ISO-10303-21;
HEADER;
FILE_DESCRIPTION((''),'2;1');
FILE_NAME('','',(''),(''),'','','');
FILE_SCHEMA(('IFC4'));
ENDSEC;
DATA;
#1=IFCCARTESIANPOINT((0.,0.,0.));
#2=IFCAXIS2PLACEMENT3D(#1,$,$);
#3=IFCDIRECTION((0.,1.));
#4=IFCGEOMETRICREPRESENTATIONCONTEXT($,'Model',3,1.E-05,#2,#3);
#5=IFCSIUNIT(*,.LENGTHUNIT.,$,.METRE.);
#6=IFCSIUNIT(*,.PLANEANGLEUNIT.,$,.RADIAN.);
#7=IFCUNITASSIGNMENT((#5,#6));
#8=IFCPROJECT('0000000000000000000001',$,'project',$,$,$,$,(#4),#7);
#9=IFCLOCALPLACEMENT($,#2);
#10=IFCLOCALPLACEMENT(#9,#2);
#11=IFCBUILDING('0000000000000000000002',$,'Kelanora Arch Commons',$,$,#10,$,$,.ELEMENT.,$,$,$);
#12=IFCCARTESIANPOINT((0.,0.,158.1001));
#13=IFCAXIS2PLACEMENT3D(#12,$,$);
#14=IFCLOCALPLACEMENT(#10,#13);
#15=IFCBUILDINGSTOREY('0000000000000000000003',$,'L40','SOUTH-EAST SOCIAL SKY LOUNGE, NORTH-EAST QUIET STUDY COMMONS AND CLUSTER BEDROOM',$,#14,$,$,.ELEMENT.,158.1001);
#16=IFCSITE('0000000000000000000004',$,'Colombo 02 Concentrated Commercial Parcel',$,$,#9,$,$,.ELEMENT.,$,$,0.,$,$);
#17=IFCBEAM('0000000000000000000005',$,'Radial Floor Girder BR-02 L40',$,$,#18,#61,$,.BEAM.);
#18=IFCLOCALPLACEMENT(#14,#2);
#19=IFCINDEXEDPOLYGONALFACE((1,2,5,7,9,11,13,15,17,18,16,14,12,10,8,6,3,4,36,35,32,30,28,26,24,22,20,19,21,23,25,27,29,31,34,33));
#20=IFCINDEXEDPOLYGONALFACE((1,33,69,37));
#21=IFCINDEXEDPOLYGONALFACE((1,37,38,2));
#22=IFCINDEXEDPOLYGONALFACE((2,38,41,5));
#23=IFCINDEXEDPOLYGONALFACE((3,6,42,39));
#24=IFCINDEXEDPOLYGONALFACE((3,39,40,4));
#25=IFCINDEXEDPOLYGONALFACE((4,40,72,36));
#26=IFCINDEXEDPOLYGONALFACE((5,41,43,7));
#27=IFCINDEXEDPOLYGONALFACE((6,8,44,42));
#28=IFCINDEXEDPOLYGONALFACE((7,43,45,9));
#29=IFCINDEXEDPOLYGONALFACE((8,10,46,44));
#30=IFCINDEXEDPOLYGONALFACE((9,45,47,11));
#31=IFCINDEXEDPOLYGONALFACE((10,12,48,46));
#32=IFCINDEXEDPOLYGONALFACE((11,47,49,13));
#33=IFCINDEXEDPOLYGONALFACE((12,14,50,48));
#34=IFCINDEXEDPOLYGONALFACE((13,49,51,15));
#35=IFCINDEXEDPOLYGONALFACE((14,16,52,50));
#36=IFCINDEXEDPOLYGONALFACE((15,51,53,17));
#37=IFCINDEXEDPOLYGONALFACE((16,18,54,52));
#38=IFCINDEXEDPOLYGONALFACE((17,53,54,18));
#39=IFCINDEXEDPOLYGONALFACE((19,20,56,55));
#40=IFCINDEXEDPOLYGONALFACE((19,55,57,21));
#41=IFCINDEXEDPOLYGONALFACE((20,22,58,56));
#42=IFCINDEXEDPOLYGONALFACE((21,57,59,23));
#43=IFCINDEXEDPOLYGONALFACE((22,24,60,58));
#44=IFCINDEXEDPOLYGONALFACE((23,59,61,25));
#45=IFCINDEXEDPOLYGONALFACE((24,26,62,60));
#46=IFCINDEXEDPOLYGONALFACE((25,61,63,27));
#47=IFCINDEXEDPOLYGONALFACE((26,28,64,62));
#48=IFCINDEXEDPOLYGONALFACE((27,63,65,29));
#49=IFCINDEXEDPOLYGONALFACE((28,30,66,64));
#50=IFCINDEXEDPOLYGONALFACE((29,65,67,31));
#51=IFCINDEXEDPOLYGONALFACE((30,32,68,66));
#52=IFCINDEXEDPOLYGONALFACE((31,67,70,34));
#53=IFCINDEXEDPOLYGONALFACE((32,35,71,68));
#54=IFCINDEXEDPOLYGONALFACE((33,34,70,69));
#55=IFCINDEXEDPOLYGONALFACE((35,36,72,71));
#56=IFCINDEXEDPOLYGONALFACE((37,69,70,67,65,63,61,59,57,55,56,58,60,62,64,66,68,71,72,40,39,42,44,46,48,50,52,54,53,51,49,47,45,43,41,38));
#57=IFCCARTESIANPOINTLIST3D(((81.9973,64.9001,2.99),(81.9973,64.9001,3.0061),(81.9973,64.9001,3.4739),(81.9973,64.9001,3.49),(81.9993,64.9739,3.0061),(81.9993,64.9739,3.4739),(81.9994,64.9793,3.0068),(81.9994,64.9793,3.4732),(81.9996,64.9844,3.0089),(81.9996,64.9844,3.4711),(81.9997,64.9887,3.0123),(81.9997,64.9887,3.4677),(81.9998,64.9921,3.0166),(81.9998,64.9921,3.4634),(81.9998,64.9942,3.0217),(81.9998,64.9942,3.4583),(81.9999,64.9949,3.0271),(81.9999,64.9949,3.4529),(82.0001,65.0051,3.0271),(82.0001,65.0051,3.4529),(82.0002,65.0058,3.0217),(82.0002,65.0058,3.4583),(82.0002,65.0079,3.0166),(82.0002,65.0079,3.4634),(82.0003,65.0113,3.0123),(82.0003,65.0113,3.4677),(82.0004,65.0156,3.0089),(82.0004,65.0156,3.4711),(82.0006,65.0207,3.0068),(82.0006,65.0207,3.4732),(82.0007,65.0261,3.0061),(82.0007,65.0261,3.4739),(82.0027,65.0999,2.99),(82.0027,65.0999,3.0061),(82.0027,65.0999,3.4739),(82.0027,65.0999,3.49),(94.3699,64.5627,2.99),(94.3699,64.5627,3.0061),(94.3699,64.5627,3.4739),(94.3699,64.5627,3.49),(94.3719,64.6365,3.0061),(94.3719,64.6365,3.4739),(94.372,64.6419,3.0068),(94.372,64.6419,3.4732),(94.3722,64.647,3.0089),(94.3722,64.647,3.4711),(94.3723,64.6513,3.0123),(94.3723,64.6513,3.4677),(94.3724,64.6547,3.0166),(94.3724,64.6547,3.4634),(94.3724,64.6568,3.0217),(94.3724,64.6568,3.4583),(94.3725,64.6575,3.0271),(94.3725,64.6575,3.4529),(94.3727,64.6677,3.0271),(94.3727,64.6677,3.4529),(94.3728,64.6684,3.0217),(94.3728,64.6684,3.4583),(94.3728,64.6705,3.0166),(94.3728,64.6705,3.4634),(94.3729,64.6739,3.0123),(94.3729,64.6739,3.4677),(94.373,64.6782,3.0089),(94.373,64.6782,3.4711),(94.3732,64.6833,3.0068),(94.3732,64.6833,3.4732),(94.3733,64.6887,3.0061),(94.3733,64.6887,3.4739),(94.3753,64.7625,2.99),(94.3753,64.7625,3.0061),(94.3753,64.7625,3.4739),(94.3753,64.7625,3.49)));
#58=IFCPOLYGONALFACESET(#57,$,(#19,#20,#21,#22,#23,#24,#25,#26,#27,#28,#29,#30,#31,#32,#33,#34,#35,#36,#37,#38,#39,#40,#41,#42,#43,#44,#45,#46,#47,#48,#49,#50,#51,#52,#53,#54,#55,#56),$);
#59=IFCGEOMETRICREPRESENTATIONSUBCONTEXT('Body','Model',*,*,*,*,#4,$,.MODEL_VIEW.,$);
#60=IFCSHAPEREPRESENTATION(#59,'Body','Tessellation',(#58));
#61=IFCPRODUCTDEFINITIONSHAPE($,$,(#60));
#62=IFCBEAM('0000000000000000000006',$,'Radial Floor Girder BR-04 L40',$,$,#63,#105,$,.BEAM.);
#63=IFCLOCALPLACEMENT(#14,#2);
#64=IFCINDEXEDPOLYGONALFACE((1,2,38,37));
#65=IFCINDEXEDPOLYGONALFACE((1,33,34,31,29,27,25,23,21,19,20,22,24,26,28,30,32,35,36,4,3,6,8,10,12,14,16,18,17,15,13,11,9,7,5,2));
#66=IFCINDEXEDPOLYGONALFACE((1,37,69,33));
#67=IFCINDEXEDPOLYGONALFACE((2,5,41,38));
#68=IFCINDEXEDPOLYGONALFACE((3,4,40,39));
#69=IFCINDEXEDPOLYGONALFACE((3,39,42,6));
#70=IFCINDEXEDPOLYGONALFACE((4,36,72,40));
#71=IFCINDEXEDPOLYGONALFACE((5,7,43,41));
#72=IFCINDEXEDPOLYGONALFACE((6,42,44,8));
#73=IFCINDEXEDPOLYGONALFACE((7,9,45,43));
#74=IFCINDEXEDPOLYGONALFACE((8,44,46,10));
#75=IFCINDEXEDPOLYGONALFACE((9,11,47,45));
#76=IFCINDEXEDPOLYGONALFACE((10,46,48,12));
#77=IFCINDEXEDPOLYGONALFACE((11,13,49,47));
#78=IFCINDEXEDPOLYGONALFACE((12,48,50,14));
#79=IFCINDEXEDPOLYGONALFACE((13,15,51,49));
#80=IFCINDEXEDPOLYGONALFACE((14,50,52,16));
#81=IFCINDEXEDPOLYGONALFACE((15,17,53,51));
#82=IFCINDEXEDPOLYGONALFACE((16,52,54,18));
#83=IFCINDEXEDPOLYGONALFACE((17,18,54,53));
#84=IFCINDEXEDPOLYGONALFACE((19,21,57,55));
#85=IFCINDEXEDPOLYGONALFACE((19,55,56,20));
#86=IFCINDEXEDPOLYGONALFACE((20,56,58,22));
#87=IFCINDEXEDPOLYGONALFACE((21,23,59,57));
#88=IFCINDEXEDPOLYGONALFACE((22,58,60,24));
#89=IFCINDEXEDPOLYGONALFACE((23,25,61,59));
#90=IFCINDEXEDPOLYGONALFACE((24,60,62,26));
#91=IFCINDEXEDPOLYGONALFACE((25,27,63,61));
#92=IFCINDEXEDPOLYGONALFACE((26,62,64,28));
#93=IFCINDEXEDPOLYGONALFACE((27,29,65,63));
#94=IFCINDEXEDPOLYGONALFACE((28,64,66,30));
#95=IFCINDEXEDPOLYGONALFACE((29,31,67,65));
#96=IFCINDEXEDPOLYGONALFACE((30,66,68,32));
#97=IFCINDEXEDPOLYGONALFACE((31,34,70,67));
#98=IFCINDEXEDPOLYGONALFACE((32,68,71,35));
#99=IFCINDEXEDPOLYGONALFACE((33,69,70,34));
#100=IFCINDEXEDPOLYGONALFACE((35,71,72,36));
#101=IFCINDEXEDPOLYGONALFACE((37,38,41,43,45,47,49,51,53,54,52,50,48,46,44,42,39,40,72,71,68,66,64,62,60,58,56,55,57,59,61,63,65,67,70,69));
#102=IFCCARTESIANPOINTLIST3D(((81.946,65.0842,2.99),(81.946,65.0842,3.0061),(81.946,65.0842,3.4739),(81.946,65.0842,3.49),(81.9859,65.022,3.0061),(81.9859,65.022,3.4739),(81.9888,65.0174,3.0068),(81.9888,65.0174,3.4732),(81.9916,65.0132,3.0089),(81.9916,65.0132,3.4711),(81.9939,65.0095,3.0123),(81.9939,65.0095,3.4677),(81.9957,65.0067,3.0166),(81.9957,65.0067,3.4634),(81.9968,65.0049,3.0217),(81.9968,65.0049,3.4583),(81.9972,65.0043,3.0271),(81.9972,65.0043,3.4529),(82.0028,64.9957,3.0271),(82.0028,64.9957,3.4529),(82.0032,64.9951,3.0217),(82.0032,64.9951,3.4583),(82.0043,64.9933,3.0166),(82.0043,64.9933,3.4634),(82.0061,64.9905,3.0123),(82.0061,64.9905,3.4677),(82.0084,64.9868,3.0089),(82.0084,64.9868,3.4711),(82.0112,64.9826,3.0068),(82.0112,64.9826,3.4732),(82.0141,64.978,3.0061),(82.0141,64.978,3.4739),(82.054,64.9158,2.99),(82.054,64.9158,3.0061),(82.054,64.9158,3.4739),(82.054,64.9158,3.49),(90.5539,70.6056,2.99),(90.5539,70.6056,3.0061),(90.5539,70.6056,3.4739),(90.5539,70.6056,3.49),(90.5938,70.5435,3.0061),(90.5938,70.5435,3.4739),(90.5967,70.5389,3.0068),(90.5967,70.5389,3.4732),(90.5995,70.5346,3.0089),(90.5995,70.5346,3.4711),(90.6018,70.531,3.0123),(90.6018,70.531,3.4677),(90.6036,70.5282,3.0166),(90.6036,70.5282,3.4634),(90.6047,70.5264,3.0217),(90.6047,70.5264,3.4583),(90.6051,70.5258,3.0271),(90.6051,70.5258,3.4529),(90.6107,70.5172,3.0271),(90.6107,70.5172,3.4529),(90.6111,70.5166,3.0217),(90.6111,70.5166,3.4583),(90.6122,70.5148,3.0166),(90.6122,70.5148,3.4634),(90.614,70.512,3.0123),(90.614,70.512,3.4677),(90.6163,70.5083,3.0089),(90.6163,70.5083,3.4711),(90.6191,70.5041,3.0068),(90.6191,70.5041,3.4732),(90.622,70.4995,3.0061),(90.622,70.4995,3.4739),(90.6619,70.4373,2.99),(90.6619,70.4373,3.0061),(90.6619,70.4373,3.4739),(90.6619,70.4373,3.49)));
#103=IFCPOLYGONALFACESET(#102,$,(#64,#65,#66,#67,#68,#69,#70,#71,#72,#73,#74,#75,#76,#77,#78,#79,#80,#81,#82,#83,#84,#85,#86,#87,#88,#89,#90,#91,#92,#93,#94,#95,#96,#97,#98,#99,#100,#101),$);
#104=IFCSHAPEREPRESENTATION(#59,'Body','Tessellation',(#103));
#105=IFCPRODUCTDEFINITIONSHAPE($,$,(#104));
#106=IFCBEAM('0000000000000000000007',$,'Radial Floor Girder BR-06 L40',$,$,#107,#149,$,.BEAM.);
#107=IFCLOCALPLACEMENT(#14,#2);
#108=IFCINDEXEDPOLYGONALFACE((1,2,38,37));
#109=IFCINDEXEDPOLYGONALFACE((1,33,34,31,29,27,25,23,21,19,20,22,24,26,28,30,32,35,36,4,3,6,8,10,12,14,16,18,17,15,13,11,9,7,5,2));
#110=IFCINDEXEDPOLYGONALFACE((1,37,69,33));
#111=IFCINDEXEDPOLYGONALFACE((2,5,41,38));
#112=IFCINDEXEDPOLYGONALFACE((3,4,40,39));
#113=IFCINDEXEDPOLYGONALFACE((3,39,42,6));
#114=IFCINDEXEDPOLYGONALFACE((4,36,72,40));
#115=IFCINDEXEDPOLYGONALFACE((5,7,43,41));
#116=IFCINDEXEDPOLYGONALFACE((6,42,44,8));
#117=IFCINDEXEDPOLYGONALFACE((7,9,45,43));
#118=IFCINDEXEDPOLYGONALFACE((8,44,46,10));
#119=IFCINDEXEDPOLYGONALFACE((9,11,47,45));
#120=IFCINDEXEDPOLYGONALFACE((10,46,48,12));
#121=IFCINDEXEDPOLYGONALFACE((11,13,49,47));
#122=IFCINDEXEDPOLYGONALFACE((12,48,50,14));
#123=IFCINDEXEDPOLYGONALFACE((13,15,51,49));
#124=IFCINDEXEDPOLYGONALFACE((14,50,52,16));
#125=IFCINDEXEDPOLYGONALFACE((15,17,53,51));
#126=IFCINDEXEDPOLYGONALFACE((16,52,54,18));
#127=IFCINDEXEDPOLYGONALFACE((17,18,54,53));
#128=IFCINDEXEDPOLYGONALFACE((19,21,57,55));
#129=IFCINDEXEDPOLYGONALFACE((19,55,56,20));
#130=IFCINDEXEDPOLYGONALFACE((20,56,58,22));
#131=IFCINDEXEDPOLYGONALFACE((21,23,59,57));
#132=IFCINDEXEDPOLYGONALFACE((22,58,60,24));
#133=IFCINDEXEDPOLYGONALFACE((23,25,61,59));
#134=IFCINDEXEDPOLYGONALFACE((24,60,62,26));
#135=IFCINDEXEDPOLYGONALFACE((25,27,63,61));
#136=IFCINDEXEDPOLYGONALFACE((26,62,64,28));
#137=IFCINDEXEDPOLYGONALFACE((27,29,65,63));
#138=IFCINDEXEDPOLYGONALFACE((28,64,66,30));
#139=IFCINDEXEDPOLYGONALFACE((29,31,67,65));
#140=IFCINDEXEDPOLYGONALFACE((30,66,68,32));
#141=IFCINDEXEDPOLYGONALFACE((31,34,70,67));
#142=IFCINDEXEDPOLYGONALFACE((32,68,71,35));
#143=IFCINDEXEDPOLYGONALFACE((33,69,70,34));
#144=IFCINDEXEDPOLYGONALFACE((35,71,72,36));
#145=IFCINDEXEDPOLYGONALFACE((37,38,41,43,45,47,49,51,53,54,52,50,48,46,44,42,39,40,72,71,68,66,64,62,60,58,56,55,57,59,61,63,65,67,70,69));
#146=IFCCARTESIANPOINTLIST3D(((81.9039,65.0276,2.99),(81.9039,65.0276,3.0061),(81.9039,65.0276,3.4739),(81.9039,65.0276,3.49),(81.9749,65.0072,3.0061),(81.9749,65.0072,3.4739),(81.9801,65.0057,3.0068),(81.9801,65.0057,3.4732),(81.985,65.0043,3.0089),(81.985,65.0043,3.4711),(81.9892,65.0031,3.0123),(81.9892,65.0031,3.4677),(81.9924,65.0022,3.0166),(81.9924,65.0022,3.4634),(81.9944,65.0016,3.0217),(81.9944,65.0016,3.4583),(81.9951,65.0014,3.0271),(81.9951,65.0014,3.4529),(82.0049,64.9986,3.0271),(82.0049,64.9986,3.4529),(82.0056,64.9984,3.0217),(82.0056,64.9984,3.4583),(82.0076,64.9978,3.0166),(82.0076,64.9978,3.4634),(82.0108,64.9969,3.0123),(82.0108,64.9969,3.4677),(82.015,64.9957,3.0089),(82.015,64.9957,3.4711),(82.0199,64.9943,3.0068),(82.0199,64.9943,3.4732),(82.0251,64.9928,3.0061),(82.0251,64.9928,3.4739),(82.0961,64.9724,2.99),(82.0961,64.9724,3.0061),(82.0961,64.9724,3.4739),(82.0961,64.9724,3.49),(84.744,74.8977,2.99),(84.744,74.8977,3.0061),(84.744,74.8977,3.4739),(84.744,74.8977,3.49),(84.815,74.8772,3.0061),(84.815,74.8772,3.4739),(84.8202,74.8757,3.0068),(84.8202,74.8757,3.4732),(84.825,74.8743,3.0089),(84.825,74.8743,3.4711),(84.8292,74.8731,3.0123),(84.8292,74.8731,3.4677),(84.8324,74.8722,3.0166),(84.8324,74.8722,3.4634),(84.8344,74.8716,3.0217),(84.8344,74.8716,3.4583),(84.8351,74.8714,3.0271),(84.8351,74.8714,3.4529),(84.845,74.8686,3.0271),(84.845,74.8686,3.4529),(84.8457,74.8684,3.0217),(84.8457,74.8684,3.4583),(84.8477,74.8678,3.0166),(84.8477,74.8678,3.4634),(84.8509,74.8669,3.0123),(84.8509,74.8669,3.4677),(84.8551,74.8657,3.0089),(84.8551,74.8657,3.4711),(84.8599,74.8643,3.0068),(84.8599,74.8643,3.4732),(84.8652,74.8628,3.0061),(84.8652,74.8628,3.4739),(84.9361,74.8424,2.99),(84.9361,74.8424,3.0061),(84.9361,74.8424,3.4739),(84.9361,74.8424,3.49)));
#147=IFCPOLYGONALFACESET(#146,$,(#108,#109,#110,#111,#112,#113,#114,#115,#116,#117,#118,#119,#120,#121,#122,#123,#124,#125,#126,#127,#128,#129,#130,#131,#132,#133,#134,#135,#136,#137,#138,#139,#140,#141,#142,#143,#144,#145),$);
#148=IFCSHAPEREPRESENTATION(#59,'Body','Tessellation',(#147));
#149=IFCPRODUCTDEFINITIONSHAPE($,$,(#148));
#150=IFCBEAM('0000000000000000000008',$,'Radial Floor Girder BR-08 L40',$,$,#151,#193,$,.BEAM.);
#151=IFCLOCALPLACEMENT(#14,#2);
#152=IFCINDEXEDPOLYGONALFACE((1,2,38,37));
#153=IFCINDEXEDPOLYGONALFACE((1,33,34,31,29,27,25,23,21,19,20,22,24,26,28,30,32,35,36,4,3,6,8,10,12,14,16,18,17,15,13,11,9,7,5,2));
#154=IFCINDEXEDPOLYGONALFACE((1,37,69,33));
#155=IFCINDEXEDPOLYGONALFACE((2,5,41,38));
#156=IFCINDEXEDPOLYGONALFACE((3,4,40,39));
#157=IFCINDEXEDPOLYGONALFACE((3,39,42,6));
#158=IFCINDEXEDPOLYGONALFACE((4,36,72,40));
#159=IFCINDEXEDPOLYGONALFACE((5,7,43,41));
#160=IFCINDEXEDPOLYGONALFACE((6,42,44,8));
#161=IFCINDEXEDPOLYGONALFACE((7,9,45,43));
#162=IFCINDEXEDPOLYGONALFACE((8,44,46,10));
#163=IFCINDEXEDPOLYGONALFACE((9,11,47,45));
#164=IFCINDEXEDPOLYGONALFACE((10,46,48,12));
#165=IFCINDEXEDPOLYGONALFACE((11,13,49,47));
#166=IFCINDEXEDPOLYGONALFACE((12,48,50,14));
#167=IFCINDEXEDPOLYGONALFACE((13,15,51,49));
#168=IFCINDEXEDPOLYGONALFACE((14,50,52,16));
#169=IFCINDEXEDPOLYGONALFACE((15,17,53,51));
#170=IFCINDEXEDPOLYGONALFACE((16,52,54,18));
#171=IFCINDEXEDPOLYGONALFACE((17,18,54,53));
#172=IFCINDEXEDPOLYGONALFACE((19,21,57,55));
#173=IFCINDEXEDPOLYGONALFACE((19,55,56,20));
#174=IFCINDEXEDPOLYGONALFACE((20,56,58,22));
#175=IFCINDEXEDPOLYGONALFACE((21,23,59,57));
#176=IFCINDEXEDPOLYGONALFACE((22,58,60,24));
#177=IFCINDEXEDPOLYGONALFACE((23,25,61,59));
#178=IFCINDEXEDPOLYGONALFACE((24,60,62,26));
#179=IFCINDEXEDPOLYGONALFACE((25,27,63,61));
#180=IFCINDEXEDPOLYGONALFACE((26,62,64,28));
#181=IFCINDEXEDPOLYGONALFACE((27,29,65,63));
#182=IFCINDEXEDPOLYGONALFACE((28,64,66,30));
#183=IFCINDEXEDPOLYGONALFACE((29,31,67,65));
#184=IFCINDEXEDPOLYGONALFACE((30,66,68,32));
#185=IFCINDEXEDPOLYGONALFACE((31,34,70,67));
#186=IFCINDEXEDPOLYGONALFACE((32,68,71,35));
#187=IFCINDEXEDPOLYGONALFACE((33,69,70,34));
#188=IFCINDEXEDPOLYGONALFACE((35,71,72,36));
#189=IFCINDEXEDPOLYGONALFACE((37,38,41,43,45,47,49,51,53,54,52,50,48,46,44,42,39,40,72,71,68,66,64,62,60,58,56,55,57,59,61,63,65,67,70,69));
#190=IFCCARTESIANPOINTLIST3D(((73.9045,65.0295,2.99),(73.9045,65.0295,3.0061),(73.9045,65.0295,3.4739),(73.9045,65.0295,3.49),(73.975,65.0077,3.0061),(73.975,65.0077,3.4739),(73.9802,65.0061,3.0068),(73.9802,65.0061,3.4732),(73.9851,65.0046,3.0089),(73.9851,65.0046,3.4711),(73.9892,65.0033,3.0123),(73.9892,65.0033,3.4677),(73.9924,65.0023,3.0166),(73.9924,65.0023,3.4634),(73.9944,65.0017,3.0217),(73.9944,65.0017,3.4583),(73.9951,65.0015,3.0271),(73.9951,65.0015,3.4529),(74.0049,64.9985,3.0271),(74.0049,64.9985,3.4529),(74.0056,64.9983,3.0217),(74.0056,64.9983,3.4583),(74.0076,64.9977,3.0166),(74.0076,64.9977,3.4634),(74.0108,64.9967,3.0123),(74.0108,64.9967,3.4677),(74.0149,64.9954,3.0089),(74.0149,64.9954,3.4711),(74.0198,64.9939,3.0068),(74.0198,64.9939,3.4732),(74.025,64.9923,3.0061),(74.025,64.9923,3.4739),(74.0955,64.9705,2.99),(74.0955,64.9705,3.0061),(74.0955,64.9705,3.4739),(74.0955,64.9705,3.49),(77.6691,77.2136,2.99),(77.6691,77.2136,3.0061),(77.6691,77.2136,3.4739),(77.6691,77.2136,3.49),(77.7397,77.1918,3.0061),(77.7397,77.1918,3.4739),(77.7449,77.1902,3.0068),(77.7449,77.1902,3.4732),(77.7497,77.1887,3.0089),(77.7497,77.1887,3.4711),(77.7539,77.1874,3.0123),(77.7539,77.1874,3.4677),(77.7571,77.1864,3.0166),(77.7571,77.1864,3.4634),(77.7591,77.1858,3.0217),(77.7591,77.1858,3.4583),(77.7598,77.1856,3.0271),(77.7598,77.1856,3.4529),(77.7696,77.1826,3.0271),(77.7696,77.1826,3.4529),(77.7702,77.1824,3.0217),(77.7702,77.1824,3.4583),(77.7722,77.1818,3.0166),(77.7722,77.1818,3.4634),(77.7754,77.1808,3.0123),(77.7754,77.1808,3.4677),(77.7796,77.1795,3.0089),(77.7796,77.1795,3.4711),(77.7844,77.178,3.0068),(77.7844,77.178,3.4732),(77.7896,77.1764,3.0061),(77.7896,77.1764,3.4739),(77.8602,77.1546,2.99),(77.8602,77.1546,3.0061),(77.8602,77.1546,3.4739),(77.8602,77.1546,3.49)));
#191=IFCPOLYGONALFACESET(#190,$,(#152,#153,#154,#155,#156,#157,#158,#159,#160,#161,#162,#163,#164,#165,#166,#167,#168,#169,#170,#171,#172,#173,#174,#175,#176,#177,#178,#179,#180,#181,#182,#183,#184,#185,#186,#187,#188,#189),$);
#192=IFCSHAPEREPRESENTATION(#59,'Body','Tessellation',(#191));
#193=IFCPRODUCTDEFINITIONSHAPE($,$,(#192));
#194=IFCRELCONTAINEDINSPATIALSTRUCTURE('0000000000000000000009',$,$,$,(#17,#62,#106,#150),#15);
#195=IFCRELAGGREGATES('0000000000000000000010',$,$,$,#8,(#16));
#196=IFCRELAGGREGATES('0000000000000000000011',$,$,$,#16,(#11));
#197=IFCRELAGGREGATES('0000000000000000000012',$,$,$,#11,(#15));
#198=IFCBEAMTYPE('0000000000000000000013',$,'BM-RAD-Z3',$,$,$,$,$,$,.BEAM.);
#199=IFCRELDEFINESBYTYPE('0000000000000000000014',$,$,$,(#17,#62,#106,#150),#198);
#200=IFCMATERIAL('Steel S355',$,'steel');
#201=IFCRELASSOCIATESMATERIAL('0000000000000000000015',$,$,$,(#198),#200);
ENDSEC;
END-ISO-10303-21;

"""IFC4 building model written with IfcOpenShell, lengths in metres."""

from ifc_helpers import new_model, si_unit, direction, frame, origin, origin_2d, place, context, subcontext, project, spatial, i_section, extrude, material, material_profile, profile_set, type_object, element, save


model = new_model("IFC4")

# Units and contexts
model_context = context("Model", 3, precision=1e-05, world=origin(), true_north=direction((0.0, 1.0)))
body_context = subcontext(model_context, "Body", "Model", "MODEL_VIEW")
ifc_project = project(units=[si_unit("LENGTHUNIT", "METRE"), si_unit("PLANEANGLEUNIT", "RADIAN")], contexts=[model_context])

# Site, building, storey
site_placement = place(None, origin())
site = spatial("IfcSite", under=ifc_project, at=site_placement, Name="Colombo 02 Concentrated Commercial Parcel", CompositionType="ELEMENT", RefElevation=0.0)
building_placement = place(site_placement, origin())
building = spatial("IfcBuilding", under=site, at=building_placement, Name="Kelanora Arch Commons", CompositionType="ELEMENT")
storey_placement = place(building_placement, frame((0.0, 0.0, 158.1001)))
storey = spatial("IfcBuildingStorey", under=building, at=storey_placement, Name="L40", Description="SOUTH-EAST SOCIAL SKY LOUNGE, NORTH-EAST QUIET STUDY COMMONS AND CLUSTER BEDROOM", CompositionType="ELEMENT", Elevation=158.1001)

# Beams
ifc_material_1 = material(Name="Steel S355", Category="steel")
ifc_material_profile_1 = material_profile(ifc_material_1, i_section(OverallWidth=0.2, OverallDepth=0.5, WebThickness=0.0103, FlangeThickness=0.0161, FilletRadius=0.021, at=origin_2d()), Name="IPE500")
ifc_profile_set_1 = profile_set([ifc_material_profile_1], Name="Steel S355")
beam_type_1 = type_object("IfcBeamType", Name="BM-RAD-Z3", PredefinedType="BEAM", material=ifc_profile_set_1)
beam_1_placement = place(storey_placement, frame((82.0, 65.0, 3.24), z_axis=(0.999628, -0.02726, 0.0), x_axis=(0.02726, 0.999628, 0.0)))
element("IfcBeam", 1, at=beam_1_placement, inside=storey, type_object=beam_type_1, Name="Radial Floor Girder BR-02 L40", PredefinedType="BEAM", context=body_context, shape_type="SweptSolid", body=[
    extrude(i_section(OverallWidth=0.2, OverallDepth=0.5, WebThickness=0.0103, FlangeThickness=0.0161, FilletRadius=0.021, at=origin_2d()), origin(), (0.0, 0.0, 1.0), 12.3772),
])
beam_2_placement = place(storey_placement, frame((82.0, 65.0, 3.24), z_axis=(0.841719, 0.539915, 0.0), x_axis=(-0.539915, 0.841719, 0.0)))
element("IfcBeam", 2, at=beam_2_placement, inside=storey, type_object=beam_type_1, Name="Radial Floor Girder BR-04 L40", PredefinedType="BEAM", context=body_context, shape_type="SweptSolid", body=[
    extrude(i_section(OverallWidth=0.2, OverallDepth=0.5, WebThickness=0.0103, FlangeThickness=0.0161, FilletRadius=0.021, at=origin_2d()), origin(), (0.0, 0.0, 1.0), 10.2266),
])
beam_3_placement = place(storey_placement, frame((82.0, 65.0, 3.24), z_axis=(0.276526, 0.961006, 0.0), x_axis=(-0.961006, 0.276526, 0.0)))
element("IfcBeam", 3, at=beam_3_placement, inside=storey, type_object=beam_type_1, Name="Radial Floor Girder BR-06 L40", PredefinedType="BEAM", context=body_context, shape_type="SweptSolid", body=[
    extrude(i_section(OverallWidth=0.2, OverallDepth=0.5, WebThickness=0.0103, FlangeThickness=0.0161, FilletRadius=0.021, at=origin_2d()), origin(), (0.0, 0.0, 1.0), 10.2705),
])
beam_4_placement = place(storey_placement, frame((74.0, 65.0, 3.24), z_axis=(0.29521, 0.955432, 0.0), x_axis=(-0.955432, 0.29521, 0.0)))
element("IfcBeam", 4, at=beam_4_placement, inside=storey, type_object=beam_type_1, Name="Radial Floor Girder BR-08 L40", PredefinedType="BEAM", context=body_context, shape_type="SweptSolid", body=[
    extrude(i_section(OverallWidth=0.2, OverallDepth=0.5, WebThickness=0.0103, FlangeThickness=0.0161, FilletRadius=0.021, at=origin_2d()), origin(), (0.0, 0.0, 1.0), 12.7524),
])

save(model, "model.ifc")
